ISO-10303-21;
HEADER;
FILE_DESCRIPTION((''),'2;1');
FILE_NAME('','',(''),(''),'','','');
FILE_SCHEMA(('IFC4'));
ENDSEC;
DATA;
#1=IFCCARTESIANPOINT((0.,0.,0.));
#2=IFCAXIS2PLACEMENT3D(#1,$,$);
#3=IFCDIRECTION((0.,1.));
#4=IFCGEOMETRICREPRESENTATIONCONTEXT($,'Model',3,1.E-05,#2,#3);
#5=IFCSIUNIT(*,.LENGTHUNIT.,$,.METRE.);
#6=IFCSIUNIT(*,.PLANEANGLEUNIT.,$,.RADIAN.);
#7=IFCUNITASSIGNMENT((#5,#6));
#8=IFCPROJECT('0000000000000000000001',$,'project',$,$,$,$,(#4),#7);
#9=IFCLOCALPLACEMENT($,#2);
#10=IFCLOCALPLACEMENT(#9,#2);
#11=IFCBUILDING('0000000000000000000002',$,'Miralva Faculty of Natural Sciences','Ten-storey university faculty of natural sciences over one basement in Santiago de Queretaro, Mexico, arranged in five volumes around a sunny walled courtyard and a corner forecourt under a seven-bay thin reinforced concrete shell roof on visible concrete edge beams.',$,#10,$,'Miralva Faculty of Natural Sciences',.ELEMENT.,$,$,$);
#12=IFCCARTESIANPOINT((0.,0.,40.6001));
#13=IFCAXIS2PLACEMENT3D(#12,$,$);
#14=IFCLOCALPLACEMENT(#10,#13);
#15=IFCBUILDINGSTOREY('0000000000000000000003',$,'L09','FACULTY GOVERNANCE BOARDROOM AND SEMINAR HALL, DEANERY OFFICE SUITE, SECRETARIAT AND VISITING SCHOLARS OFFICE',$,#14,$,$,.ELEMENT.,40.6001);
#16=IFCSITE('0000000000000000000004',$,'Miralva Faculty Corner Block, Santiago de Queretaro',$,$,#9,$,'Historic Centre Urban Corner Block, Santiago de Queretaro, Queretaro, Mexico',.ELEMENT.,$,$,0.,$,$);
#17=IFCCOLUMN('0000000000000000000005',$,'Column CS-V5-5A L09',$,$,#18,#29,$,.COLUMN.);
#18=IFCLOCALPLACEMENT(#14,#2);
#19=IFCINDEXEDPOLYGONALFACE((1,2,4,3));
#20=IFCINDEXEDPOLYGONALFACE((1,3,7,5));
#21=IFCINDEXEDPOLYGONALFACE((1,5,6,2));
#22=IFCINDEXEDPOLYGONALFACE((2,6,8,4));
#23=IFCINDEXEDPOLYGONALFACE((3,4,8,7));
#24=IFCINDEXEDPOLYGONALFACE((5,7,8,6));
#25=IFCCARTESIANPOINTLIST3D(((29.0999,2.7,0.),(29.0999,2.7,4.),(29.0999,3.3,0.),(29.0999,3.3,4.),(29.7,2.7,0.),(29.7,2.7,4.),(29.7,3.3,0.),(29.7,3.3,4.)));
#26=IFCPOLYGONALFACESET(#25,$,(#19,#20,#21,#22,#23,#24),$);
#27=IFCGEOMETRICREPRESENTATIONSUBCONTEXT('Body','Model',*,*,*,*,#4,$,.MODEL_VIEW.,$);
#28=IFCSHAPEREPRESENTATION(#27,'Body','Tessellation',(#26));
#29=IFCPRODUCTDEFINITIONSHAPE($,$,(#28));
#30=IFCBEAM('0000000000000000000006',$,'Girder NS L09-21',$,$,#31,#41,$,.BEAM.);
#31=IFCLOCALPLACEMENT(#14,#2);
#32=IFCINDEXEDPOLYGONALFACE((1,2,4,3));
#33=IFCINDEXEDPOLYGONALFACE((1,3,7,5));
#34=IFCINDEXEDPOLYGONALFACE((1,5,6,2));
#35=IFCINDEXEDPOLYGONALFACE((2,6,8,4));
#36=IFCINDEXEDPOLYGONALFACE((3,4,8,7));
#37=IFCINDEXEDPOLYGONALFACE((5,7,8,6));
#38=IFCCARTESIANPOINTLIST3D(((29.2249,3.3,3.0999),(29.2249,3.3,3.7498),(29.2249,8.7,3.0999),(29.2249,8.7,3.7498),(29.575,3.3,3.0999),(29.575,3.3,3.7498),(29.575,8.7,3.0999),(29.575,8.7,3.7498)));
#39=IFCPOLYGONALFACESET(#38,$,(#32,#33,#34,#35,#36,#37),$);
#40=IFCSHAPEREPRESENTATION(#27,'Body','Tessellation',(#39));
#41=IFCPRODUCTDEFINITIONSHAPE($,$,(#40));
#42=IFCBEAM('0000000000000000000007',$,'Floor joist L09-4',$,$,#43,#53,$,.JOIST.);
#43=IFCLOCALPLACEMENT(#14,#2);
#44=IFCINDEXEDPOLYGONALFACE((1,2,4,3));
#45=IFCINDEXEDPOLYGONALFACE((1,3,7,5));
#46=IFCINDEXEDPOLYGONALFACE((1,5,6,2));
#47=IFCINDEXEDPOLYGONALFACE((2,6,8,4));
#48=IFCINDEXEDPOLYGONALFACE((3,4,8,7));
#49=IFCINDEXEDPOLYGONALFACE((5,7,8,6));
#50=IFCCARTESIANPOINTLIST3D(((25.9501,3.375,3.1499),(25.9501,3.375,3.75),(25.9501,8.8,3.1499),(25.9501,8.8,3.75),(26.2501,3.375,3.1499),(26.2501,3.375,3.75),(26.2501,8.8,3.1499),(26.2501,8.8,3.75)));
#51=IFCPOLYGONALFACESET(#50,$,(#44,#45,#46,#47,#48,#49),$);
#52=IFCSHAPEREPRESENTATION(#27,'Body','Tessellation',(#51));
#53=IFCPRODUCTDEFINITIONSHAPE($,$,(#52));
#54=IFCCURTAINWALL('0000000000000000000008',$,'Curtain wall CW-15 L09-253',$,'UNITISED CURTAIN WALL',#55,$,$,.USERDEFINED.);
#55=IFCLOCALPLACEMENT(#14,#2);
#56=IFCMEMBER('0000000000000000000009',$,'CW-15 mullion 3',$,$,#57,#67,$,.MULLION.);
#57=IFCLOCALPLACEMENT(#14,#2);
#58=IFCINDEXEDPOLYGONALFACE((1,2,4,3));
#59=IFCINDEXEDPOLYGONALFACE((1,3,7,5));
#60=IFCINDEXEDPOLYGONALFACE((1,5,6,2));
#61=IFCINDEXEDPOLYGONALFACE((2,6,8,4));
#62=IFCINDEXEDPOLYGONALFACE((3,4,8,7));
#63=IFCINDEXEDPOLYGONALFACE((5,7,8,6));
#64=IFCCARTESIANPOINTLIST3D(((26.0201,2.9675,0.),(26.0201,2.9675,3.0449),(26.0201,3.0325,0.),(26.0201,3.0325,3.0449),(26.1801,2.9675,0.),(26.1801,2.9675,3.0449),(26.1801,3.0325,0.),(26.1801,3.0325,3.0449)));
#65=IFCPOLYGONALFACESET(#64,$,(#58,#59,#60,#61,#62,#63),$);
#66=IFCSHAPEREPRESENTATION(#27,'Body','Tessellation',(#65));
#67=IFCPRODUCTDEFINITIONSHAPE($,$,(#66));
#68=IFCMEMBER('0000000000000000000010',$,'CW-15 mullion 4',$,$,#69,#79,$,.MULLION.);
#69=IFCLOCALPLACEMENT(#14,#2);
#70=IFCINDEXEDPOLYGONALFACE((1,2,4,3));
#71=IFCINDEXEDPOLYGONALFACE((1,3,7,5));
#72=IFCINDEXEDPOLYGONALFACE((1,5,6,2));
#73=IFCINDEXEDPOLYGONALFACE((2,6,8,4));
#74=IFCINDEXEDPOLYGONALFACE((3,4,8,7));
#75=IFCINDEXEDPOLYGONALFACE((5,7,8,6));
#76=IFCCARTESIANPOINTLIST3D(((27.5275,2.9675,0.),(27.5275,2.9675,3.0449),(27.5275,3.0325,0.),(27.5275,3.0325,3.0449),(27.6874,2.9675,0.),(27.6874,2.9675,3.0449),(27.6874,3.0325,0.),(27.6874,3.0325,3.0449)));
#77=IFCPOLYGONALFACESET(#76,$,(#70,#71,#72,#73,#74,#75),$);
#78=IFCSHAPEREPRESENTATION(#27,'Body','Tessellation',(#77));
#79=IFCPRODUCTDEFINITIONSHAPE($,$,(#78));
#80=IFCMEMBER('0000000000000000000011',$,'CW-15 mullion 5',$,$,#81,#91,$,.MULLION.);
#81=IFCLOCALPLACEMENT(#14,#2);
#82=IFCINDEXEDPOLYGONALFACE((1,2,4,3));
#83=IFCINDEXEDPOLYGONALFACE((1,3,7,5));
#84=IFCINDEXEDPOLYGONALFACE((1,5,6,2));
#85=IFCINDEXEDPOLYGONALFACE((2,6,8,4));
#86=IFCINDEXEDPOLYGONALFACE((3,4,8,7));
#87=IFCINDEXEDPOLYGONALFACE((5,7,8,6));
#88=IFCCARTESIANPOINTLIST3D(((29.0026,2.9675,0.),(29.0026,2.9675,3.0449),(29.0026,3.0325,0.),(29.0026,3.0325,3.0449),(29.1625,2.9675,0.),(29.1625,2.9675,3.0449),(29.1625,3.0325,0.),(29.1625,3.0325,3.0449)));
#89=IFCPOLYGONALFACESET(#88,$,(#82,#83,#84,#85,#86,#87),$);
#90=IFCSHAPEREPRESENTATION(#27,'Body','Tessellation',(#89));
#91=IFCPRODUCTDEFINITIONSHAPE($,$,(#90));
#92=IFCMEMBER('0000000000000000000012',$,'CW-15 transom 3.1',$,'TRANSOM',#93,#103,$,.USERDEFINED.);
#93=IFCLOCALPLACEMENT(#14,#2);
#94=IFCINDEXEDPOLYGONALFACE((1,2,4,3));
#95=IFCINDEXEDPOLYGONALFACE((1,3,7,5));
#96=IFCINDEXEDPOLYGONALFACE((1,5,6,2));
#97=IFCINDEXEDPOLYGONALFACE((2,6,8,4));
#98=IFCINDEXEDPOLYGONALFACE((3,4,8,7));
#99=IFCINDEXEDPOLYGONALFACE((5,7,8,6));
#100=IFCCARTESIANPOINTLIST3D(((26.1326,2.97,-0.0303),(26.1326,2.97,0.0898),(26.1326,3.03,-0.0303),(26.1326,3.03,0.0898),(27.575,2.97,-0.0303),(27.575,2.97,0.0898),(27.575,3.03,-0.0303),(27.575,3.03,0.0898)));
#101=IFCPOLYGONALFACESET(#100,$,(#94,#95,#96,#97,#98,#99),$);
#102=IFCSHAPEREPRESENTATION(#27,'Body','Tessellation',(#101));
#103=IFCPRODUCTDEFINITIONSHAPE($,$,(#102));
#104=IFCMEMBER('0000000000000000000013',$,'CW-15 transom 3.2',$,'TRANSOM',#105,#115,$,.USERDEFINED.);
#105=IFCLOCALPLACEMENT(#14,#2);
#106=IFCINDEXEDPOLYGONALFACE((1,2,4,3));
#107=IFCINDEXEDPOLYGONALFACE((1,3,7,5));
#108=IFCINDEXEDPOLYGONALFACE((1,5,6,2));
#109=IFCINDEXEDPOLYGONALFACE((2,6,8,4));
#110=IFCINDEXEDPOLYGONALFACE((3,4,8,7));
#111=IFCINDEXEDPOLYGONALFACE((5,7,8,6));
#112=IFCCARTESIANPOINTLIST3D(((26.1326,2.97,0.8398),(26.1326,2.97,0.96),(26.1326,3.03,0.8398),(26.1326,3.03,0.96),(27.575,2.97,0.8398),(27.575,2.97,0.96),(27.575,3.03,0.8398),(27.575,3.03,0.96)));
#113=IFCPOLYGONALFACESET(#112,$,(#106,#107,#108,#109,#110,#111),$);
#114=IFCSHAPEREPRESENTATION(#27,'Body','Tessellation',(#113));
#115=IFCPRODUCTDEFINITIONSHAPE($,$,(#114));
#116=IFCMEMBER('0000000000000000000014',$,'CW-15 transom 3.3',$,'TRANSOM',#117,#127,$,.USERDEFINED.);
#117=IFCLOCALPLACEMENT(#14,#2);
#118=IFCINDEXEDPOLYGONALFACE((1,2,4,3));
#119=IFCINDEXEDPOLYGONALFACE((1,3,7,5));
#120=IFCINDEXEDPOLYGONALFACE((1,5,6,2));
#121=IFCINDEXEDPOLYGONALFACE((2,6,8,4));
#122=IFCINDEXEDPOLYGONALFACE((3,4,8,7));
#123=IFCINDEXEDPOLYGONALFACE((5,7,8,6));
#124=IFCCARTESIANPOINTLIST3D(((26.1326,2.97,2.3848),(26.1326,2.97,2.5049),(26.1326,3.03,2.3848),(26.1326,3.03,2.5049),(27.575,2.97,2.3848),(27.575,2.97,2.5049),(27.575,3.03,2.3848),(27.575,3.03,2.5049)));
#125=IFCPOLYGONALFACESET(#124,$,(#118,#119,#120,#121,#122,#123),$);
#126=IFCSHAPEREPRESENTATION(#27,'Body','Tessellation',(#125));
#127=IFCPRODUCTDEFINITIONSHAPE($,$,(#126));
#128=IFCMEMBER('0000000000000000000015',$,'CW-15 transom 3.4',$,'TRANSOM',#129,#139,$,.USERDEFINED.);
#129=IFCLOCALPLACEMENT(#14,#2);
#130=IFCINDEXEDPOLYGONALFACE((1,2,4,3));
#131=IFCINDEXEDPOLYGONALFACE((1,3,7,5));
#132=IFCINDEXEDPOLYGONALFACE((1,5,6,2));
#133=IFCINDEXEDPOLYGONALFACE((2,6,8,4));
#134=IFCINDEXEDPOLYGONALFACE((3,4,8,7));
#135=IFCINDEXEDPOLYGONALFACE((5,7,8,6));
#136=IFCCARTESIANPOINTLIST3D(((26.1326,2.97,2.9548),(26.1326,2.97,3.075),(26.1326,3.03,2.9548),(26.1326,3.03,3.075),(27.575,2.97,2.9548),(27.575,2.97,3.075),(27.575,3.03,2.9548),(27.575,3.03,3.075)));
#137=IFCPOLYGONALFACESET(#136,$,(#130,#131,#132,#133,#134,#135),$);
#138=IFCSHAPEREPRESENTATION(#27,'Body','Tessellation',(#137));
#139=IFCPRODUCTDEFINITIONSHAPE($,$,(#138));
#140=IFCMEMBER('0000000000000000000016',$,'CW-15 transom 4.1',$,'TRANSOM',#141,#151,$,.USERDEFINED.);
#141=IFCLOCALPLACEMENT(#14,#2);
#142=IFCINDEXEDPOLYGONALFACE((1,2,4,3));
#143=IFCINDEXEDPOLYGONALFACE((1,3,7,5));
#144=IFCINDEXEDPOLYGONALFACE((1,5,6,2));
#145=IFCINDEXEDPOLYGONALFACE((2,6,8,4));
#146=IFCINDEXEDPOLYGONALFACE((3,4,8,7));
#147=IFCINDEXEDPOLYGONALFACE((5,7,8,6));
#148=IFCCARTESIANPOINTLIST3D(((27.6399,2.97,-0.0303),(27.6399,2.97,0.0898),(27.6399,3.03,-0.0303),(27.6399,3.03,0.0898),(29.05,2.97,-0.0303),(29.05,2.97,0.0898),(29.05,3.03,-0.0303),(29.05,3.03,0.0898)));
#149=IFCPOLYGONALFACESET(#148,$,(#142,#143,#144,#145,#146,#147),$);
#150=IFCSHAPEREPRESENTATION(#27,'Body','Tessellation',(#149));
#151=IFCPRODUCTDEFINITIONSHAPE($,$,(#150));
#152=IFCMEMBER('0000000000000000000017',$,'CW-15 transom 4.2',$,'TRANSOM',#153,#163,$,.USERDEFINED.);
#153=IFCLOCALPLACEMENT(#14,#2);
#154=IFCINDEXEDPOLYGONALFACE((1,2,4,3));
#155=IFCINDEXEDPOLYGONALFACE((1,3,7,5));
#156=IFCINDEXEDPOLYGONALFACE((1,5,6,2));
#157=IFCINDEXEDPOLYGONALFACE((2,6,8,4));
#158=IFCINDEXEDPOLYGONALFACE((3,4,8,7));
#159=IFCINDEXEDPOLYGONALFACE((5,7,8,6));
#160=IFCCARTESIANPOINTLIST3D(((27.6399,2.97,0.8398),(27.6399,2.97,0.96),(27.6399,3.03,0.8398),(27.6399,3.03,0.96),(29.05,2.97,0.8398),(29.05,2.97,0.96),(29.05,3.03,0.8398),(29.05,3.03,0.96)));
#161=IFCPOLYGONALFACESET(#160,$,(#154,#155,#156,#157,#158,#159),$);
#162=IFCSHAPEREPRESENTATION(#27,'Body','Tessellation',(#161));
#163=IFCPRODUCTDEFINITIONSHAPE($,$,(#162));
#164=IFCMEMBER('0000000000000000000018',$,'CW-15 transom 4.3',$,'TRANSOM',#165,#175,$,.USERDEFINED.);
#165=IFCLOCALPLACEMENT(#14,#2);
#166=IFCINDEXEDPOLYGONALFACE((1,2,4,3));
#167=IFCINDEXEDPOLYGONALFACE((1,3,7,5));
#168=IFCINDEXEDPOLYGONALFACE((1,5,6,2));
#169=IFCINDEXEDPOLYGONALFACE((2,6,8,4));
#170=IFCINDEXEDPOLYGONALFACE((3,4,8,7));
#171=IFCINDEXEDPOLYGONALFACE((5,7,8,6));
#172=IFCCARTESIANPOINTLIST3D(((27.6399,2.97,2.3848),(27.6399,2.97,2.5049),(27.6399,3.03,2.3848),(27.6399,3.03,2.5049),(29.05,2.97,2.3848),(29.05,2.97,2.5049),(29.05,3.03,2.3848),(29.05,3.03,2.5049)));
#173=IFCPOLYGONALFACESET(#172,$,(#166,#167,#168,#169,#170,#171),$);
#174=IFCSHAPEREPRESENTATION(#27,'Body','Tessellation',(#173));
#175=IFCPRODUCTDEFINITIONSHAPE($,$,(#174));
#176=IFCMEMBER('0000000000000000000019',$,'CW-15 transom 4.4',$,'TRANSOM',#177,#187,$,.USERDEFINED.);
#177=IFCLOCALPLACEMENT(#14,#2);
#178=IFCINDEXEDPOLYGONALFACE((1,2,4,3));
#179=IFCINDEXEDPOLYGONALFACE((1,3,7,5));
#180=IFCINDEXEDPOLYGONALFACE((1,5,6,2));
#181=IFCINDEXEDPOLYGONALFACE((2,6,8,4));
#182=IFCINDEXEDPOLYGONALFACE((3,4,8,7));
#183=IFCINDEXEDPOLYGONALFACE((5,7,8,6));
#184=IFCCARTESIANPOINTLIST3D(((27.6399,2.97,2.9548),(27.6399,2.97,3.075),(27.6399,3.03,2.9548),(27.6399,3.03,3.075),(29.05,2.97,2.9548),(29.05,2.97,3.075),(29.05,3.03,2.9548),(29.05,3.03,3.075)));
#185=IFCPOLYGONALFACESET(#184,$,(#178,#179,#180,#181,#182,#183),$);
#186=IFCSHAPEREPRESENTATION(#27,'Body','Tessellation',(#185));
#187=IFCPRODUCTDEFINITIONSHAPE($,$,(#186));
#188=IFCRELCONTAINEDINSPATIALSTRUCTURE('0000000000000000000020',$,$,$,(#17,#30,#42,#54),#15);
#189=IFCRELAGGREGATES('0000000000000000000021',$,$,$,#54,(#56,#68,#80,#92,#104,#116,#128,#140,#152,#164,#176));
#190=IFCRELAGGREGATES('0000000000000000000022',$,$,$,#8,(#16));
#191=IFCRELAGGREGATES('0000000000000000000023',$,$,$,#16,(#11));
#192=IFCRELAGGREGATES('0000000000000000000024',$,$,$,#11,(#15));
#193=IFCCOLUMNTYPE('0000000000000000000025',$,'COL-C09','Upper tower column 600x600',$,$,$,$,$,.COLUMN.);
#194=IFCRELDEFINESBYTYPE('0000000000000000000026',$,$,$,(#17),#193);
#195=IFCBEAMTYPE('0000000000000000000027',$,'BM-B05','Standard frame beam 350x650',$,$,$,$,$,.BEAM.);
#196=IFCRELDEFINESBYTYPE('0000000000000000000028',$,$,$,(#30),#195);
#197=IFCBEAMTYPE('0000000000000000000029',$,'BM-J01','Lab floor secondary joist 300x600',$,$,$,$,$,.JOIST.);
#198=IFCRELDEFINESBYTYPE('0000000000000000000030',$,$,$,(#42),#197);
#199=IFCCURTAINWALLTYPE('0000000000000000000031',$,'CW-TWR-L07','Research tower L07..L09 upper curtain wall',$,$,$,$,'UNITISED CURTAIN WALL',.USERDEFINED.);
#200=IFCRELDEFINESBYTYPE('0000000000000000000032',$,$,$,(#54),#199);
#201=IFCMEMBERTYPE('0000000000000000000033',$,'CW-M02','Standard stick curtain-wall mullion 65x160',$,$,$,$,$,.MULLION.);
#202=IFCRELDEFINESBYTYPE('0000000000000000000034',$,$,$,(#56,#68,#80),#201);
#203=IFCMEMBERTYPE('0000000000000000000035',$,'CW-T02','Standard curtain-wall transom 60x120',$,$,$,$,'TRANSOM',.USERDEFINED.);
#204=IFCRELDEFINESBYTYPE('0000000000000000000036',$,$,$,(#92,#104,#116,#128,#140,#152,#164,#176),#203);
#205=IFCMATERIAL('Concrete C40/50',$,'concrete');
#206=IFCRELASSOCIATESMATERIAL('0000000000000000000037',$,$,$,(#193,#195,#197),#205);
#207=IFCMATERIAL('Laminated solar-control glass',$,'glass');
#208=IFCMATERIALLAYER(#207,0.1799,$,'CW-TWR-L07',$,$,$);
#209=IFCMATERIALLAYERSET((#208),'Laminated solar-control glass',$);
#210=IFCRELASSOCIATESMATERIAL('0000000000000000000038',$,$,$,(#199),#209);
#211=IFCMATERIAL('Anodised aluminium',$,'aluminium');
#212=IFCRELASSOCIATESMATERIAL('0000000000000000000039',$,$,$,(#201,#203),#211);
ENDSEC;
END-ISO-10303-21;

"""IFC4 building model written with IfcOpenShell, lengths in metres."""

from ifc_helpers import new_model, si_unit, direction, frame, origin, origin_2d, place, context, subcontext, project, spatial, rectangle, extrude, material, layer, layer_set, material_profile, profile_set, type_object, element, aggregate, save


model = new_model("IFC4")

# Units and contexts
model_context = context("Model", 3, precision=1e-05, world=origin(), true_north=direction((0.0, 1.0)))
body_context = subcontext(model_context, "Body", "Model", "MODEL_VIEW")
ifc_project = project(units=[si_unit("LENGTHUNIT", "METRE"), si_unit("PLANEANGLEUNIT", "RADIAN")], contexts=[model_context])

# Site, building, storey
site_placement = place(None, origin())
site = spatial("IfcSite", under=ifc_project, at=site_placement, Name="Miralva Faculty Corner Block, Santiago de Queretaro", LongName="Historic Centre Urban Corner Block, Santiago de Queretaro, Queretaro, Mexico", CompositionType="ELEMENT", RefElevation=0.0)
building_placement = place(site_placement, origin())
building = spatial("IfcBuilding", under=site, at=building_placement, Name="Miralva Faculty of Natural Sciences", Description="Ten-storey university faculty of natural sciences over one basement in Santiago de Queretaro, Mexico, arranged in five volumes around a sunny walled courtyard and a corner forecourt under a seven-bay thin reinforced concrete shell roof on visible concrete edge beams.", LongName="Miralva Faculty of Natural Sciences", CompositionType="ELEMENT")
storey_placement = place(building_placement, frame((0.0, 0.0, 40.6001)))
storey = spatial("IfcBuildingStorey", under=building, at=storey_placement, Name="L09", Description="FACULTY GOVERNANCE BOARDROOM AND SEMINAR HALL, DEANERY OFFICE SUITE, SECRETARIAT AND VISITING SCHOLARS OFFICE", CompositionType="ELEMENT", Elevation=40.6001)

# Column
ifc_material_1 = material(Name="Concrete C40/50", Category="concrete")
ifc_material_profile_1 = material_profile(ifc_material_1, rectangle(XDim=0.6001, YDim=0.6001, at=origin_2d()), Name="RC 600x600")
ifc_profile_set_1 = profile_set([ifc_material_profile_1], Name="Concrete C40/50")
column_type = type_object("IfcColumnType", Name="COL-C09", Description="Upper tower column 600x600", PredefinedType="COLUMN", material=ifc_profile_set_1)
column_placement = place(storey_placement, frame((29.3999, 3.0, 0.0), z_axis=(0.0, 0.0, 1.0), x_axis=(1.0, 0.0, 0.0)))
element("IfcColumn", 1, at=column_placement, inside=storey, type_object=column_type, Name="Column CS-V5-5A L09", PredefinedType="COLUMN", context=body_context, shape_type="SweptSolid", body=[
    extrude(rectangle(XDim=0.6001, YDim=0.6001, at=origin_2d()), origin(), (0.0, 0.0, 1.0), 4.0),
])

# Beams
ifc_material_profile_2 = material_profile(ifc_material_1, rectangle(XDim=0.3501, YDim=0.6499, at=origin_2d()), Name="RC 350x650")
ifc_profile_set_2 = profile_set([ifc_material_profile_2], Name="Concrete C40/50")
beam_type_1 = type_object("IfcBeamType", Name="BM-B05", Description="Standard frame beam 350x650", PredefinedType="BEAM", material=ifc_profile_set_2)
beam_1_placement = place(storey_placement, frame((29.3999, 3.3, 3.4248), z_axis=(0.0, 1.0, 0.0), x_axis=(-1.0, 0.0, 0.0)))
element("IfcBeam", 2, at=beam_1_placement, inside=storey, type_object=beam_type_1, Name="Girder NS L09-21", PredefinedType="BEAM", context=body_context, shape_type="SweptSolid", body=[
    extrude(rectangle(XDim=0.3501, YDim=0.6499, at=origin_2d()), origin(), (0.0, 0.0, 1.0), 5.3999),
])
ifc_material_profile_3 = material_profile(ifc_material_1, rectangle(XDim=0.3, YDim=0.6001, at=origin_2d()), Name="RC 300x600")
ifc_profile_set_3 = profile_set([ifc_material_profile_3], Name="Concrete C40/50")
beam_type_2 = type_object("IfcBeamType", Name="BM-J01", Description="Lab floor secondary joist 300x600", PredefinedType="JOIST", material=ifc_profile_set_3)
beam_2_placement = place(storey_placement, frame((26.1001, 3.375, 3.45), z_axis=(0.0, 1.0, 0.0), x_axis=(-1.0, 0.0, 0.0)))
element("IfcBeam", 3, at=beam_2_placement, inside=storey, type_object=beam_type_2, Name="Floor joist L09-4", PredefinedType="JOIST", context=body_context, shape_type="SweptSolid", body=[
    extrude(rectangle(XDim=0.3, YDim=0.6001, at=origin_2d()), origin(), (0.0, 0.0, 1.0), 5.425),
])

# Curtain wall, members
ifc_material_2 = material(Name="Laminated solar-control glass", Category="glass")
ifc_layer_1 = layer(ifc_material_2, 0.1799, Name="CW-TWR-L07")
ifc_layer_set_1 = layer_set([ifc_layer_1], Name="Laminated solar-control glass")
curtain_wall_type = type_object("IfcCurtainWallType", Name="CW-TWR-L07", Description="Research tower L07..L09 upper curtain wall", ElementType="UNITISED CURTAIN WALL", PredefinedType="USERDEFINED", material=ifc_layer_set_1)
curtain_wall_placement = place(storey_placement, origin())
curtain_wall = element("IfcCurtainWall", 4, at=curtain_wall_placement, inside=storey, type_object=curtain_wall_type, Name="Curtain wall CW-15 L09-253", ObjectType="UNITISED CURTAIN WALL", PredefinedType="USERDEFINED")
ifc_material_3 = material(Name="Anodised aluminium", Category="aluminium")
ifc_material_profile_4 = material_profile(ifc_material_3, rectangle(XDim=0.0649, YDim=0.1599, at=origin_2d()), Name="MULLION 65x160")
ifc_profile_set_4 = profile_set([ifc_material_profile_4], Name="Anodised aluminium")
member_type_1 = type_object("IfcMemberType", Name="CW-M02", Description="Standard stick curtain-wall mullion 65x160", PredefinedType="MULLION", material=ifc_profile_set_4)
member_1_placement = place(storey_placement, frame((26.1001, 3.0, 0.0), z_axis=(0.0, 0.0, 1.0), x_axis=(0.0, 1.0, 0.0)))
member_1 = element("IfcMember", 5, at=member_1_placement, type_object=member_type_1, Name="CW-15 mullion 3", PredefinedType="MULLION", context=body_context, shape_type="SweptSolid", body=[
    extrude(rectangle(XDim=0.0649, YDim=0.1599, at=origin_2d()), origin(), (0.0, 0.0, 1.0), 3.0449),
])
member_2_placement = place(storey_placement, frame((27.6074, 3.0, 0.0), z_axis=(0.0, 0.0, 1.0), x_axis=(0.0, 1.0, 0.0)))
member_2 = element("IfcMember", 6, at=member_2_placement, type_object=member_type_1, Name="CW-15 mullion 4", PredefinedType="MULLION", context=body_context, shape_type="SweptSolid", body=[
    extrude(rectangle(XDim=0.0649, YDim=0.1599, at=origin_2d()), origin(), (0.0, 0.0, 1.0), 3.0449),
])
member_3_placement = place(storey_placement, frame((29.0825, 3.0, 0.0), z_axis=(0.0, 0.0, 1.0), x_axis=(0.0, 1.0, 0.0)))
member_3 = element("IfcMember", 7, at=member_3_placement, type_object=member_type_1, Name="CW-15 mullion 5", PredefinedType="MULLION", context=body_context, shape_type="SweptSolid", body=[
    extrude(rectangle(XDim=0.0649, YDim=0.1599, at=origin_2d()), origin(), (0.0, 0.0, 1.0), 3.0449),
])
ifc_material_profile_5 = material_profile(ifc_material_3, rectangle(XDim=0.0601, YDim=0.1201, at=origin_2d()), Name="TRANSOM 60x120")
ifc_profile_set_5 = profile_set([ifc_material_profile_5], Name="Anodised aluminium")
member_type_2 = type_object("IfcMemberType", Name="CW-T02", Description="Standard curtain-wall transom 60x120", ElementType="TRANSOM", PredefinedType="USERDEFINED", material=ifc_profile_set_5)
member_4_placement = place(storey_placement, frame((26.1326, 3.0, 0.0298), z_axis=(1.0, 0.0, 0.0), x_axis=(0.0, 1.0, 0.0)))
member_4 = element("IfcMember", 8, at=member_4_placement, type_object=member_type_2, Name="CW-15 transom 3.1", ObjectType="TRANSOM", PredefinedType="USERDEFINED", context=body_context, shape_type="SweptSolid", body=[
    extrude(rectangle(XDim=0.0601, YDim=0.1201, at=origin_2d()), origin(), (0.0, 0.0, 1.0), 1.4424),
])
member_5_placement = place(storey_placement, frame((26.1326, 3.0, 0.8999), z_axis=(1.0, 0.0, 0.0), x_axis=(0.0, 1.0, 0.0)))
member_5 = element("IfcMember", 9, at=member_5_placement, type_object=member_type_2, Name="CW-15 transom 3.2", ObjectType="TRANSOM", PredefinedType="USERDEFINED", context=body_context, shape_type="SweptSolid", body=[
    extrude(rectangle(XDim=0.0601, YDim=0.1201, at=origin_2d()), origin(), (0.0, 0.0, 1.0), 1.4424),
])
member_6_placement = place(storey_placement, frame((26.1326, 3.0, 2.4448), z_axis=(1.0, 0.0, 0.0), x_axis=(0.0, 1.0, 0.0)))
member_6 = element("IfcMember", 10, at=member_6_placement, type_object=member_type_2, Name="CW-15 transom 3.3", ObjectType="TRANSOM", PredefinedType="USERDEFINED", context=body_context, shape_type="SweptSolid", body=[
    extrude(rectangle(XDim=0.0601, YDim=0.1201, at=origin_2d()), origin(), (0.0, 0.0, 1.0), 1.4424),
])
member_7_placement = place(storey_placement, frame((26.1326, 3.0, 3.0149), z_axis=(1.0, 0.0, 0.0), x_axis=(0.0, 1.0, 0.0)))
member_7 = element("IfcMember", 11, at=member_7_placement, type_object=member_type_2, Name="CW-15 transom 3.4", ObjectType="TRANSOM", PredefinedType="USERDEFINED", context=body_context, shape_type="SweptSolid", body=[
    extrude(rectangle(XDim=0.0601, YDim=0.1201, at=origin_2d()), origin(), (0.0, 0.0, 1.0), 1.4424),
])
member_8_placement = place(storey_placement, frame((27.6399, 3.0, 0.0298), z_axis=(1.0, 0.0, 0.0), x_axis=(0.0, 1.0, 0.0)))
member_8 = element("IfcMember", 12, at=member_8_placement, type_object=member_type_2, Name="CW-15 transom 4.1", ObjectType="TRANSOM", PredefinedType="USERDEFINED", context=body_context, shape_type="SweptSolid", body=[
    extrude(rectangle(XDim=0.0601, YDim=0.1201, at=origin_2d()), origin(), (0.0, 0.0, 1.0), 1.4102),
])
member_9_placement = place(storey_placement, frame((27.6399, 3.0, 0.8999), z_axis=(1.0, 0.0, 0.0), x_axis=(0.0, 1.0, 0.0)))
member_9 = element("IfcMember", 13, at=member_9_placement, type_object=member_type_2, Name="CW-15 transom 4.2", ObjectType="TRANSOM", PredefinedType="USERDEFINED", context=body_context, shape_type="SweptSolid", body=[
    extrude(rectangle(XDim=0.0601, YDim=0.1201, at=origin_2d()), origin(), (0.0, 0.0, 1.0), 1.4102),
])
member_10_placement = place(storey_placement, frame((27.6399, 3.0, 2.4448), z_axis=(1.0, 0.0, 0.0), x_axis=(0.0, 1.0, 0.0)))
member_10 = element("IfcMember", 14, at=member_10_placement, type_object=member_type_2, Name="CW-15 transom 4.3", ObjectType="TRANSOM", PredefinedType="USERDEFINED", context=body_context, shape_type="SweptSolid", body=[
    extrude(rectangle(XDim=0.0601, YDim=0.1201, at=origin_2d()), origin(), (0.0, 0.0, 1.0), 1.4102),
])
member_11_placement = place(storey_placement, frame((27.6399, 3.0, 3.0149), z_axis=(1.0, 0.0, 0.0), x_axis=(0.0, 1.0, 0.0)))
member_11 = element("IfcMember", 15, at=member_11_placement, type_object=member_type_2, Name="CW-15 transom 4.4", ObjectType="TRANSOM", PredefinedType="USERDEFINED", context=body_context, shape_type="SweptSolid", body=[
    extrude(rectangle(XDim=0.0601, YDim=0.1201, at=origin_2d()), origin(), (0.0, 0.0, 1.0), 1.4102),
])
aggregate(curtain_wall, [member_1, member_2, member_3, member_4, member_5, member_6, member_7, member_8, member_9, member_10, member_11])

save(model, "model.ifc")
